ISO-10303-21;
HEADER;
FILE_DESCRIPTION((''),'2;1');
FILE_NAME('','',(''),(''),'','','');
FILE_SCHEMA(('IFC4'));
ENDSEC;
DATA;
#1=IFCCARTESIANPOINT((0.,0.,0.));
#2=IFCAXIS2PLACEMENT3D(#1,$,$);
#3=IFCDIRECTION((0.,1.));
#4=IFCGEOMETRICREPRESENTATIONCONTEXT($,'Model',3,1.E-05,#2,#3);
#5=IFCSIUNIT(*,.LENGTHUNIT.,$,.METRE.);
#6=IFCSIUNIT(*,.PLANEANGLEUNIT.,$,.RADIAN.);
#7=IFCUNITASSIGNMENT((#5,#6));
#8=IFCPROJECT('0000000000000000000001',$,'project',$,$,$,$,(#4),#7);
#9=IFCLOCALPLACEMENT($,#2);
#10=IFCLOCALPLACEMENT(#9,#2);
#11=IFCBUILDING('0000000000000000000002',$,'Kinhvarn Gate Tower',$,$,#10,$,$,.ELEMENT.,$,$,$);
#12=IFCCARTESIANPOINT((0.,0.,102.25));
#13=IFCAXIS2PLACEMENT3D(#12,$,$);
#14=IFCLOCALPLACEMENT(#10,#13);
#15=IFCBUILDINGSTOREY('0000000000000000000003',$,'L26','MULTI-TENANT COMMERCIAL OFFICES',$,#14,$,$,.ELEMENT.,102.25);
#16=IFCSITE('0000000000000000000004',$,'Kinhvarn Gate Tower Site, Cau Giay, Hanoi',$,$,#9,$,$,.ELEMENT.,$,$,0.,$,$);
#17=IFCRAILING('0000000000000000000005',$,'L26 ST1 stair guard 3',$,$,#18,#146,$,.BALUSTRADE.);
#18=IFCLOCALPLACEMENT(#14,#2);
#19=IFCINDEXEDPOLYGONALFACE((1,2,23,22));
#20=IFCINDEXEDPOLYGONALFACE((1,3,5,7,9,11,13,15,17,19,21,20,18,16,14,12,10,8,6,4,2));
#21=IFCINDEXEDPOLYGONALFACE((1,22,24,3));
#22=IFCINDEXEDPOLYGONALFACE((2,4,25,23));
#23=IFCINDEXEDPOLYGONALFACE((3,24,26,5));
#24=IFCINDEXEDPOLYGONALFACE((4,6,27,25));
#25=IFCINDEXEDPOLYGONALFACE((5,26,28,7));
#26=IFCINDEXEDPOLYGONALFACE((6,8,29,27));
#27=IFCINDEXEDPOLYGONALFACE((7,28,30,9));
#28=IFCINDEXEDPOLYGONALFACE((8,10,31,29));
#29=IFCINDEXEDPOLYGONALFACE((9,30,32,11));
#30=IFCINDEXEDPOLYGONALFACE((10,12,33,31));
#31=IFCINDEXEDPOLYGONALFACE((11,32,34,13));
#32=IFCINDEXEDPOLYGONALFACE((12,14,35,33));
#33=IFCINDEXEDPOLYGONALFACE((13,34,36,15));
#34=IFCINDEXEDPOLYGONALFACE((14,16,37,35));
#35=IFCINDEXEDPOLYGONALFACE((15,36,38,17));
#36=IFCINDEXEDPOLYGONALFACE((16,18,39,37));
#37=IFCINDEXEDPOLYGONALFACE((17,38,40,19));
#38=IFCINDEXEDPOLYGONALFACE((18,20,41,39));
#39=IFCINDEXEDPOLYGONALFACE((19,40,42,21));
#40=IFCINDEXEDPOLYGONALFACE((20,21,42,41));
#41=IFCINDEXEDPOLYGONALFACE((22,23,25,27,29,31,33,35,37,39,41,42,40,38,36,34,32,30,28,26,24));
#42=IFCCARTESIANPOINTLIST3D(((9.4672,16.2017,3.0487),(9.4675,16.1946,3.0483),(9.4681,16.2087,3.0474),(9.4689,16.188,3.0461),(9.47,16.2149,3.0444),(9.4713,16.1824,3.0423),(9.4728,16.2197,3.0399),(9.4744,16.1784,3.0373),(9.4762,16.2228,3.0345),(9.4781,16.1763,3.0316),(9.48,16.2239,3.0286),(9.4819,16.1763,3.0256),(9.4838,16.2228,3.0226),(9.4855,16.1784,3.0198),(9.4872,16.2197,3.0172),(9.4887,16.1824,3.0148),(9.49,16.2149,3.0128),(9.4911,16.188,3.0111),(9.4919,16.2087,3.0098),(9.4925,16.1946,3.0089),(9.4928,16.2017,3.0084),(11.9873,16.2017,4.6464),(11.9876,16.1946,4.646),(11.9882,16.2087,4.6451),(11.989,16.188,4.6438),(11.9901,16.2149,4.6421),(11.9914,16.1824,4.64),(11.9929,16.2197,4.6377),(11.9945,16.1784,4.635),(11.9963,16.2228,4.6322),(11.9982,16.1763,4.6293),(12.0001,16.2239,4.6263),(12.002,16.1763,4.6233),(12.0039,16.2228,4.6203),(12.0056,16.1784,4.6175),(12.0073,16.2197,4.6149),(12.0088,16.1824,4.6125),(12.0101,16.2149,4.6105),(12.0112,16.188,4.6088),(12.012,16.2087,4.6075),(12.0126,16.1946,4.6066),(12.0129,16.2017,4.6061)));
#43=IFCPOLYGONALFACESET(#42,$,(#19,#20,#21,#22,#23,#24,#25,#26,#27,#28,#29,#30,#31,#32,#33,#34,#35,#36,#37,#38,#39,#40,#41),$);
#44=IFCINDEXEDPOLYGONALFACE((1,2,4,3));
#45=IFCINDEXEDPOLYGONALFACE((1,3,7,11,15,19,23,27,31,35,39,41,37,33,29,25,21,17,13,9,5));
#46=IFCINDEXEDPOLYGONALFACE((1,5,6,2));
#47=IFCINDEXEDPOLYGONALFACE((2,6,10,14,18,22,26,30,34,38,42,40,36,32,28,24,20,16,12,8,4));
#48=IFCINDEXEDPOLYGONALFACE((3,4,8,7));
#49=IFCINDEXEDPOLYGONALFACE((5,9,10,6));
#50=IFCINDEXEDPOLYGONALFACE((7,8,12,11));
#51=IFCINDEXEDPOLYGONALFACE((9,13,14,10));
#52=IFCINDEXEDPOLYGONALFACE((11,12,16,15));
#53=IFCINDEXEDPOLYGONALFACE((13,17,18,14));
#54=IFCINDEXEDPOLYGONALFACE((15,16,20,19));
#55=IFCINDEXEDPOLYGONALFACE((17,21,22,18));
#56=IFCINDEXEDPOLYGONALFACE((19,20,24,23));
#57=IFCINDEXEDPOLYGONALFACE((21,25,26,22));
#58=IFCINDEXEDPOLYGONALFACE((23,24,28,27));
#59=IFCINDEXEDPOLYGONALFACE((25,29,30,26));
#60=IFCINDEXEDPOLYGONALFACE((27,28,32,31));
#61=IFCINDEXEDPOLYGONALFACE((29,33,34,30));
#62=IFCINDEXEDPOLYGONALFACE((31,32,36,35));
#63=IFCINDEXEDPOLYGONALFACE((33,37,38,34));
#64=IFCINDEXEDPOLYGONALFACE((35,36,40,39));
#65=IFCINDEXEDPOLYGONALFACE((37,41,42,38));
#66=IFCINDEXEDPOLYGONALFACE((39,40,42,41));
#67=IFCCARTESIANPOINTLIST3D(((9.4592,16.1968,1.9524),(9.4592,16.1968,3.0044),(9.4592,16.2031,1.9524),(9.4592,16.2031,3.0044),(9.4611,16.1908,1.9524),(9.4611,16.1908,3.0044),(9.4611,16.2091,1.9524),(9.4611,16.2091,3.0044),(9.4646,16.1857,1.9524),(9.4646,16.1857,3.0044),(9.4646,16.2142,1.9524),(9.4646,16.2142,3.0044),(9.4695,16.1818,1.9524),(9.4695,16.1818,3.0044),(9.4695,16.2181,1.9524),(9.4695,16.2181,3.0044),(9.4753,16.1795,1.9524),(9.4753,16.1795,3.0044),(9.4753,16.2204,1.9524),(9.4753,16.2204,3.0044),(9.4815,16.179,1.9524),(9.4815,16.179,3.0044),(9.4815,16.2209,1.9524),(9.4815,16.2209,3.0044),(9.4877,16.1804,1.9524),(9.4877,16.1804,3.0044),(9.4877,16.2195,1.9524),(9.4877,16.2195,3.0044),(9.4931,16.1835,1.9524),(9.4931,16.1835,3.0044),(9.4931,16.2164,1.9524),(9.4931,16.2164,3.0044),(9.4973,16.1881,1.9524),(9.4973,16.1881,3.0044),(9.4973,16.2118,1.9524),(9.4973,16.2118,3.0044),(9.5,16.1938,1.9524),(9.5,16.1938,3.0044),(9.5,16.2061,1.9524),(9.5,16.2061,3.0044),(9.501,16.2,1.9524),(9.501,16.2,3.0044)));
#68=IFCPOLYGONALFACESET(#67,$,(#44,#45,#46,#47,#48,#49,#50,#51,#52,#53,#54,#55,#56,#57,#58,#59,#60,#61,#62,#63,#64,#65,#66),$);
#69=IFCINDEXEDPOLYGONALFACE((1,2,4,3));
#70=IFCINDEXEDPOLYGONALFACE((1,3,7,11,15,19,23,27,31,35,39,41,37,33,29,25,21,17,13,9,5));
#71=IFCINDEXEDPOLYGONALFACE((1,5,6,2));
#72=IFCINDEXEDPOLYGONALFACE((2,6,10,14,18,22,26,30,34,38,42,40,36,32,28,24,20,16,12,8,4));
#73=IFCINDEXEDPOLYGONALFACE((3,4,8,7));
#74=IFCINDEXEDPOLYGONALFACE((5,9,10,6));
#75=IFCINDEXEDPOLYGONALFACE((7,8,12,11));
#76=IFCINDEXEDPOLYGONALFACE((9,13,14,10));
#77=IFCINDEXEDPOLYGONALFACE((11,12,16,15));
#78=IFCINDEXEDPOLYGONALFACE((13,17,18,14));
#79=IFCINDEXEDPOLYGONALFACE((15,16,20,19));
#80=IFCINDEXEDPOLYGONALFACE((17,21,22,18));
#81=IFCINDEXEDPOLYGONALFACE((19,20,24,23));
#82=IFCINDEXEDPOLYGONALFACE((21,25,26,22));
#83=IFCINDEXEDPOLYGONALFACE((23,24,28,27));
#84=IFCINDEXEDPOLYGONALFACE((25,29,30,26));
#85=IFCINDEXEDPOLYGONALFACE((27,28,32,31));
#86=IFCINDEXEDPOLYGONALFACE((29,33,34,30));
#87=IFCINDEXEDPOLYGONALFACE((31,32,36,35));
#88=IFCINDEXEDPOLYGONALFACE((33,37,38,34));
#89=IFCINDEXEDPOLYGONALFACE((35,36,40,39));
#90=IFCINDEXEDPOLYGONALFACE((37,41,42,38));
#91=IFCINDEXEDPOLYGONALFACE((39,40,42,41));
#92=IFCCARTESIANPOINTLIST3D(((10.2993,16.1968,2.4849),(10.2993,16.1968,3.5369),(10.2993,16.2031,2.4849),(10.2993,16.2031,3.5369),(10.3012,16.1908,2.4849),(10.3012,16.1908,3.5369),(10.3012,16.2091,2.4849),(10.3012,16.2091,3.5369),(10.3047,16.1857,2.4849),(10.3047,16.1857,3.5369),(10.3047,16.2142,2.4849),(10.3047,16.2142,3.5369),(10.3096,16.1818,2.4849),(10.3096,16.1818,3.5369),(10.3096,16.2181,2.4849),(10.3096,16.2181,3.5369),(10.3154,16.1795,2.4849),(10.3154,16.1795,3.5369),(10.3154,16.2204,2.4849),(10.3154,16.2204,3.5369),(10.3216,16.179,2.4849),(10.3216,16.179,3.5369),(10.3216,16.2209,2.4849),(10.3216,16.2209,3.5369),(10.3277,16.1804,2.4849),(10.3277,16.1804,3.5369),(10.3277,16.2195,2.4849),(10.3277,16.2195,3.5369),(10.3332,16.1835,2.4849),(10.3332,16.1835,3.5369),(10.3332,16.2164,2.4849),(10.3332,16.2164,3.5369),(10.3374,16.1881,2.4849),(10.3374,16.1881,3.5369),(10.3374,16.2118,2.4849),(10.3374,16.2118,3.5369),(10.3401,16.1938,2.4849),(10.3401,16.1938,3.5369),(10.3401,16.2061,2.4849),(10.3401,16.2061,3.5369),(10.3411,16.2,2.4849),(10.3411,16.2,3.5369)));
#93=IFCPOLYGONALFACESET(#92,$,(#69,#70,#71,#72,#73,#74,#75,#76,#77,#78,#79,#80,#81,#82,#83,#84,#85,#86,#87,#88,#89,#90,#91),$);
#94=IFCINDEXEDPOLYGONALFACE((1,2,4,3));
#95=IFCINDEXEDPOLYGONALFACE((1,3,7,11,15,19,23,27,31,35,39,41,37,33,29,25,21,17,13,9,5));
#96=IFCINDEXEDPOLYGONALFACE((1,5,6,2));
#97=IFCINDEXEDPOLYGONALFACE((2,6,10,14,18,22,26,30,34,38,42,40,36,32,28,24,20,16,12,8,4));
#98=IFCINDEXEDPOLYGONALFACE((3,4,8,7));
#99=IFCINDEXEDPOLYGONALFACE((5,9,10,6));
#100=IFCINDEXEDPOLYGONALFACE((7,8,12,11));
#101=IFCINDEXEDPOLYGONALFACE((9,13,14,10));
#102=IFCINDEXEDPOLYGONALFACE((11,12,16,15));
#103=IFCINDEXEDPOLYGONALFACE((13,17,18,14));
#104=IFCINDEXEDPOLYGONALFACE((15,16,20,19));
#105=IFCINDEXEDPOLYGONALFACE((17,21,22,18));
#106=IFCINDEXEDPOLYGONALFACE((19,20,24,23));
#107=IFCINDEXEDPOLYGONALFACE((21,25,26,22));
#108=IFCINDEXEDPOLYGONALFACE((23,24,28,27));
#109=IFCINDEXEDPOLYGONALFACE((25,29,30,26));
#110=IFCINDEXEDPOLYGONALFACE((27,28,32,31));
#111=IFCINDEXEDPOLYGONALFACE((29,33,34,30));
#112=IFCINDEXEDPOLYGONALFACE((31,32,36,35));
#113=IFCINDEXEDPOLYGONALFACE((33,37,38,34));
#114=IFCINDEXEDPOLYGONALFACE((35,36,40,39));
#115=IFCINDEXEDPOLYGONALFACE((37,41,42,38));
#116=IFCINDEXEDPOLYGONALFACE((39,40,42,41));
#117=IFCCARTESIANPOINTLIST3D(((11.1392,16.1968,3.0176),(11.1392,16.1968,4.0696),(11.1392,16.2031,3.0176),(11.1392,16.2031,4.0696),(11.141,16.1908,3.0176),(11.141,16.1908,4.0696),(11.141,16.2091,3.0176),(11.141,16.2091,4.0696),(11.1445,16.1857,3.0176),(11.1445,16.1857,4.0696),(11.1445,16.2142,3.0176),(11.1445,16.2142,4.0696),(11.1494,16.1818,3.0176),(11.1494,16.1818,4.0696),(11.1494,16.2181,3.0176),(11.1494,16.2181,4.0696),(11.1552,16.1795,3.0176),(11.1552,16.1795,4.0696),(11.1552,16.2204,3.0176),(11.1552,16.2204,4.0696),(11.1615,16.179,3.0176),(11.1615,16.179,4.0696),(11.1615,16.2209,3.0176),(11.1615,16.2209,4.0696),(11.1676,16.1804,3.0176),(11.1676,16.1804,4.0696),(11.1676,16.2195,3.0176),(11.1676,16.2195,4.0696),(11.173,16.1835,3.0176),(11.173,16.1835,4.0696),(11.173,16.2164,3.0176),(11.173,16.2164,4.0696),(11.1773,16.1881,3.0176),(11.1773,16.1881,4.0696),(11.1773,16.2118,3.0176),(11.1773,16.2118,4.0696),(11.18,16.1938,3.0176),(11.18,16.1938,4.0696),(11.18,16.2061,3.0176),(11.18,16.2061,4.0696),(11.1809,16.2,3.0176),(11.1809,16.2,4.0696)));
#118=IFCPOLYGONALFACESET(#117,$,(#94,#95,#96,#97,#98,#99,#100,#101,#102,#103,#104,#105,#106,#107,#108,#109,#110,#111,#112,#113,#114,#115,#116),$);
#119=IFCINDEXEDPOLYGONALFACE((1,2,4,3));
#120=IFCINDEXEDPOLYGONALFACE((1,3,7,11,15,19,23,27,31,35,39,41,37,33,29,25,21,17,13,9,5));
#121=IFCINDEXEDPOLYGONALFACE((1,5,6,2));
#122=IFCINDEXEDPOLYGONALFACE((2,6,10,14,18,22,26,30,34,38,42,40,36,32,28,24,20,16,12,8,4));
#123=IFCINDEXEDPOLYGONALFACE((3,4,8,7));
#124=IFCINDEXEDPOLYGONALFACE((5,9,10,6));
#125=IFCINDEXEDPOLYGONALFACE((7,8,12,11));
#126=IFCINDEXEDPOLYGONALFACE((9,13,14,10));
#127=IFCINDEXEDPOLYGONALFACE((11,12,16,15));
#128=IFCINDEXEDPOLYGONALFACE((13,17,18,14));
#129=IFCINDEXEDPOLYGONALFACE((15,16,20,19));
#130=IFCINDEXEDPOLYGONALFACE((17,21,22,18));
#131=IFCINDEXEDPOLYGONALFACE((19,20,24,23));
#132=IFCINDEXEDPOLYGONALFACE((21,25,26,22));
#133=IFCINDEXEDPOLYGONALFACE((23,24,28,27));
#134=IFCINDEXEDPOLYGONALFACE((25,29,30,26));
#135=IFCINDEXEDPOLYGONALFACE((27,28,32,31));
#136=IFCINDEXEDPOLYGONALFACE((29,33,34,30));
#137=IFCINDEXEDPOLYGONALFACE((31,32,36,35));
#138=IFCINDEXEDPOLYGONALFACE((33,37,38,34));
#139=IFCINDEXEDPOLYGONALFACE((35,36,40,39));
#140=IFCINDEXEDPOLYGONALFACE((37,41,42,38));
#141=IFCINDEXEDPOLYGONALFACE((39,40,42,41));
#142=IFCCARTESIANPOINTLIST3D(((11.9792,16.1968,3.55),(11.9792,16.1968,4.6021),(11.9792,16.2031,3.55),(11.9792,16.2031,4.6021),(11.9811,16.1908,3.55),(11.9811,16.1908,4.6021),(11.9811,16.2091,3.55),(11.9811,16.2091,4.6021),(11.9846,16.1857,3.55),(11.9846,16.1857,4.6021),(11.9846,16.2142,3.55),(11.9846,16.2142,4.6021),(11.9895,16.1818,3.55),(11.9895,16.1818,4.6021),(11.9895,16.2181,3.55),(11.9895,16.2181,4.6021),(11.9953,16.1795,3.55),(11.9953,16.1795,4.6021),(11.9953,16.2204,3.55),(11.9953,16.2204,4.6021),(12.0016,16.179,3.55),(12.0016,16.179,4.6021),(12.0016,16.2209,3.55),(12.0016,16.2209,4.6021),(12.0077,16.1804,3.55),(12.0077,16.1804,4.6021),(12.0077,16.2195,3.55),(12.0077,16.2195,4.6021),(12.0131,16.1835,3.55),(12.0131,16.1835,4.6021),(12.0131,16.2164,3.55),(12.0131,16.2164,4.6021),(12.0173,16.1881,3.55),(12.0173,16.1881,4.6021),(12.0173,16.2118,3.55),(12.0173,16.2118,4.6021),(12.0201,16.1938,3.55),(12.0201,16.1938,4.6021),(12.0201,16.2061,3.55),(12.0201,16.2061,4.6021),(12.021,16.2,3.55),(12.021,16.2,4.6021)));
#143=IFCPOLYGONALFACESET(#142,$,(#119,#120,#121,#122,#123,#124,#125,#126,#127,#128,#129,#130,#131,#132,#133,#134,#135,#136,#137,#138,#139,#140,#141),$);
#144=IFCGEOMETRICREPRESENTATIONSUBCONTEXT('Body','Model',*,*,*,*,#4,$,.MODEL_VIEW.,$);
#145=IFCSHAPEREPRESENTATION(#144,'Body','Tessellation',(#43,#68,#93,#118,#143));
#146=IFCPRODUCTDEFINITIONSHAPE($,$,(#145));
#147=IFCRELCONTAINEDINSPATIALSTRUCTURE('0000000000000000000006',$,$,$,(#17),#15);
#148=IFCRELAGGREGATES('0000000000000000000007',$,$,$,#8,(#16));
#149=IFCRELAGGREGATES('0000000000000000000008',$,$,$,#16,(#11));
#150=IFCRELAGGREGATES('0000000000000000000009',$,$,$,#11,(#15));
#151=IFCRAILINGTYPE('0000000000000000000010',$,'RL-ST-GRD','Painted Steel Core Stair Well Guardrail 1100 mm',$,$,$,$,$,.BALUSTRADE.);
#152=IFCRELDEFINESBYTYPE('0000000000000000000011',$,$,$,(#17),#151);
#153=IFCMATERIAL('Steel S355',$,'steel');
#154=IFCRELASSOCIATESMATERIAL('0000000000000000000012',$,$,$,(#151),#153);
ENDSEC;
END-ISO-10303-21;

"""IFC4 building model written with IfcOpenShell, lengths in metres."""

from ifc_helpers import new_model, si_unit, direction, frame, origin, origin_2d, place, context, subcontext, project, spatial, circle, extrude, material, type_object, element, save


model = new_model("IFC4")

# Units and contexts
model_context = context("Model", 3, precision=1e-05, world=origin(), true_north=direction((0.0, 1.0)))
body_context = subcontext(model_context, "Body", "Model", "MODEL_VIEW")
ifc_project = project(units=[si_unit("LENGTHUNIT", "METRE"), si_unit("PLANEANGLEUNIT", "RADIAN")], contexts=[model_context])

# Site, building, storey
site_placement = place(None, origin())
site = spatial("IfcSite", under=ifc_project, at=site_placement, Name="Kinhvarn Gate Tower Site, Cau Giay, Hanoi", CompositionType="ELEMENT", RefElevation=0.0)
building_placement = place(site_placement, origin())
building = spatial("IfcBuilding", under=site, at=building_placement, Name="Kinhvarn Gate Tower", CompositionType="ELEMENT")
storey_placement = place(building_placement, frame((0.0, 0.0, 102.25)))
storey = spatial("IfcBuildingStorey", under=building, at=storey_placement, Name="L26", Description="MULTI-TENANT COMMERCIAL OFFICES", CompositionType="ELEMENT", Elevation=102.25)

# Shared definitions
ifc_material_1 = material(Name="Steel S355", Category="steel")

# Railing
railing_type_1 = type_object("IfcRailingType", Name="RL-ST-GRD", Description="Painted Steel Core Stair Well Guardrail 1100 mm", PredefinedType="BALUSTRADE", material=ifc_material_1)
railing_1_placement = place(storey_placement, frame((9.48, 16.2, 1.9524)))
element("IfcRailing", 1, at=railing_1_placement, inside=storey, type_object=railing_type_1, Name="L26 ST1 stair guard 3", PredefinedType="BALUSTRADE", context=body_context, shape_type="SweptSolid", body=[
    extrude(circle(Radius=0.0239, at=origin_2d()), frame((0.0, 0.0, 1.0762), z_axis=(0.84457, 0.0, 0.535445), x_axis=(0.0, 1.0, 0.0)), (0.0, 0.0, 1.0), 2.9839),
    extrude(circle(Radius=0.021, at=origin_2d()), origin(), (0.0, 0.0, 1.0), 1.052),
    extrude(circle(Radius=0.021, at=origin_2d()), frame((0.8401, 0.0, 0.5325)), (0.0, 0.0, 1.0), 1.052),
    extrude(circle(Radius=0.021, at=origin_2d()), frame((1.6799, 0.0, 1.0652)), (0.0, 0.0, 1.0), 1.052),
    extrude(circle(Radius=0.021, at=origin_2d()), frame((2.52, 0.0, 1.5977)), (0.0, 0.0, 1.0), 1.052),
])

save(model, "model.ifc")
